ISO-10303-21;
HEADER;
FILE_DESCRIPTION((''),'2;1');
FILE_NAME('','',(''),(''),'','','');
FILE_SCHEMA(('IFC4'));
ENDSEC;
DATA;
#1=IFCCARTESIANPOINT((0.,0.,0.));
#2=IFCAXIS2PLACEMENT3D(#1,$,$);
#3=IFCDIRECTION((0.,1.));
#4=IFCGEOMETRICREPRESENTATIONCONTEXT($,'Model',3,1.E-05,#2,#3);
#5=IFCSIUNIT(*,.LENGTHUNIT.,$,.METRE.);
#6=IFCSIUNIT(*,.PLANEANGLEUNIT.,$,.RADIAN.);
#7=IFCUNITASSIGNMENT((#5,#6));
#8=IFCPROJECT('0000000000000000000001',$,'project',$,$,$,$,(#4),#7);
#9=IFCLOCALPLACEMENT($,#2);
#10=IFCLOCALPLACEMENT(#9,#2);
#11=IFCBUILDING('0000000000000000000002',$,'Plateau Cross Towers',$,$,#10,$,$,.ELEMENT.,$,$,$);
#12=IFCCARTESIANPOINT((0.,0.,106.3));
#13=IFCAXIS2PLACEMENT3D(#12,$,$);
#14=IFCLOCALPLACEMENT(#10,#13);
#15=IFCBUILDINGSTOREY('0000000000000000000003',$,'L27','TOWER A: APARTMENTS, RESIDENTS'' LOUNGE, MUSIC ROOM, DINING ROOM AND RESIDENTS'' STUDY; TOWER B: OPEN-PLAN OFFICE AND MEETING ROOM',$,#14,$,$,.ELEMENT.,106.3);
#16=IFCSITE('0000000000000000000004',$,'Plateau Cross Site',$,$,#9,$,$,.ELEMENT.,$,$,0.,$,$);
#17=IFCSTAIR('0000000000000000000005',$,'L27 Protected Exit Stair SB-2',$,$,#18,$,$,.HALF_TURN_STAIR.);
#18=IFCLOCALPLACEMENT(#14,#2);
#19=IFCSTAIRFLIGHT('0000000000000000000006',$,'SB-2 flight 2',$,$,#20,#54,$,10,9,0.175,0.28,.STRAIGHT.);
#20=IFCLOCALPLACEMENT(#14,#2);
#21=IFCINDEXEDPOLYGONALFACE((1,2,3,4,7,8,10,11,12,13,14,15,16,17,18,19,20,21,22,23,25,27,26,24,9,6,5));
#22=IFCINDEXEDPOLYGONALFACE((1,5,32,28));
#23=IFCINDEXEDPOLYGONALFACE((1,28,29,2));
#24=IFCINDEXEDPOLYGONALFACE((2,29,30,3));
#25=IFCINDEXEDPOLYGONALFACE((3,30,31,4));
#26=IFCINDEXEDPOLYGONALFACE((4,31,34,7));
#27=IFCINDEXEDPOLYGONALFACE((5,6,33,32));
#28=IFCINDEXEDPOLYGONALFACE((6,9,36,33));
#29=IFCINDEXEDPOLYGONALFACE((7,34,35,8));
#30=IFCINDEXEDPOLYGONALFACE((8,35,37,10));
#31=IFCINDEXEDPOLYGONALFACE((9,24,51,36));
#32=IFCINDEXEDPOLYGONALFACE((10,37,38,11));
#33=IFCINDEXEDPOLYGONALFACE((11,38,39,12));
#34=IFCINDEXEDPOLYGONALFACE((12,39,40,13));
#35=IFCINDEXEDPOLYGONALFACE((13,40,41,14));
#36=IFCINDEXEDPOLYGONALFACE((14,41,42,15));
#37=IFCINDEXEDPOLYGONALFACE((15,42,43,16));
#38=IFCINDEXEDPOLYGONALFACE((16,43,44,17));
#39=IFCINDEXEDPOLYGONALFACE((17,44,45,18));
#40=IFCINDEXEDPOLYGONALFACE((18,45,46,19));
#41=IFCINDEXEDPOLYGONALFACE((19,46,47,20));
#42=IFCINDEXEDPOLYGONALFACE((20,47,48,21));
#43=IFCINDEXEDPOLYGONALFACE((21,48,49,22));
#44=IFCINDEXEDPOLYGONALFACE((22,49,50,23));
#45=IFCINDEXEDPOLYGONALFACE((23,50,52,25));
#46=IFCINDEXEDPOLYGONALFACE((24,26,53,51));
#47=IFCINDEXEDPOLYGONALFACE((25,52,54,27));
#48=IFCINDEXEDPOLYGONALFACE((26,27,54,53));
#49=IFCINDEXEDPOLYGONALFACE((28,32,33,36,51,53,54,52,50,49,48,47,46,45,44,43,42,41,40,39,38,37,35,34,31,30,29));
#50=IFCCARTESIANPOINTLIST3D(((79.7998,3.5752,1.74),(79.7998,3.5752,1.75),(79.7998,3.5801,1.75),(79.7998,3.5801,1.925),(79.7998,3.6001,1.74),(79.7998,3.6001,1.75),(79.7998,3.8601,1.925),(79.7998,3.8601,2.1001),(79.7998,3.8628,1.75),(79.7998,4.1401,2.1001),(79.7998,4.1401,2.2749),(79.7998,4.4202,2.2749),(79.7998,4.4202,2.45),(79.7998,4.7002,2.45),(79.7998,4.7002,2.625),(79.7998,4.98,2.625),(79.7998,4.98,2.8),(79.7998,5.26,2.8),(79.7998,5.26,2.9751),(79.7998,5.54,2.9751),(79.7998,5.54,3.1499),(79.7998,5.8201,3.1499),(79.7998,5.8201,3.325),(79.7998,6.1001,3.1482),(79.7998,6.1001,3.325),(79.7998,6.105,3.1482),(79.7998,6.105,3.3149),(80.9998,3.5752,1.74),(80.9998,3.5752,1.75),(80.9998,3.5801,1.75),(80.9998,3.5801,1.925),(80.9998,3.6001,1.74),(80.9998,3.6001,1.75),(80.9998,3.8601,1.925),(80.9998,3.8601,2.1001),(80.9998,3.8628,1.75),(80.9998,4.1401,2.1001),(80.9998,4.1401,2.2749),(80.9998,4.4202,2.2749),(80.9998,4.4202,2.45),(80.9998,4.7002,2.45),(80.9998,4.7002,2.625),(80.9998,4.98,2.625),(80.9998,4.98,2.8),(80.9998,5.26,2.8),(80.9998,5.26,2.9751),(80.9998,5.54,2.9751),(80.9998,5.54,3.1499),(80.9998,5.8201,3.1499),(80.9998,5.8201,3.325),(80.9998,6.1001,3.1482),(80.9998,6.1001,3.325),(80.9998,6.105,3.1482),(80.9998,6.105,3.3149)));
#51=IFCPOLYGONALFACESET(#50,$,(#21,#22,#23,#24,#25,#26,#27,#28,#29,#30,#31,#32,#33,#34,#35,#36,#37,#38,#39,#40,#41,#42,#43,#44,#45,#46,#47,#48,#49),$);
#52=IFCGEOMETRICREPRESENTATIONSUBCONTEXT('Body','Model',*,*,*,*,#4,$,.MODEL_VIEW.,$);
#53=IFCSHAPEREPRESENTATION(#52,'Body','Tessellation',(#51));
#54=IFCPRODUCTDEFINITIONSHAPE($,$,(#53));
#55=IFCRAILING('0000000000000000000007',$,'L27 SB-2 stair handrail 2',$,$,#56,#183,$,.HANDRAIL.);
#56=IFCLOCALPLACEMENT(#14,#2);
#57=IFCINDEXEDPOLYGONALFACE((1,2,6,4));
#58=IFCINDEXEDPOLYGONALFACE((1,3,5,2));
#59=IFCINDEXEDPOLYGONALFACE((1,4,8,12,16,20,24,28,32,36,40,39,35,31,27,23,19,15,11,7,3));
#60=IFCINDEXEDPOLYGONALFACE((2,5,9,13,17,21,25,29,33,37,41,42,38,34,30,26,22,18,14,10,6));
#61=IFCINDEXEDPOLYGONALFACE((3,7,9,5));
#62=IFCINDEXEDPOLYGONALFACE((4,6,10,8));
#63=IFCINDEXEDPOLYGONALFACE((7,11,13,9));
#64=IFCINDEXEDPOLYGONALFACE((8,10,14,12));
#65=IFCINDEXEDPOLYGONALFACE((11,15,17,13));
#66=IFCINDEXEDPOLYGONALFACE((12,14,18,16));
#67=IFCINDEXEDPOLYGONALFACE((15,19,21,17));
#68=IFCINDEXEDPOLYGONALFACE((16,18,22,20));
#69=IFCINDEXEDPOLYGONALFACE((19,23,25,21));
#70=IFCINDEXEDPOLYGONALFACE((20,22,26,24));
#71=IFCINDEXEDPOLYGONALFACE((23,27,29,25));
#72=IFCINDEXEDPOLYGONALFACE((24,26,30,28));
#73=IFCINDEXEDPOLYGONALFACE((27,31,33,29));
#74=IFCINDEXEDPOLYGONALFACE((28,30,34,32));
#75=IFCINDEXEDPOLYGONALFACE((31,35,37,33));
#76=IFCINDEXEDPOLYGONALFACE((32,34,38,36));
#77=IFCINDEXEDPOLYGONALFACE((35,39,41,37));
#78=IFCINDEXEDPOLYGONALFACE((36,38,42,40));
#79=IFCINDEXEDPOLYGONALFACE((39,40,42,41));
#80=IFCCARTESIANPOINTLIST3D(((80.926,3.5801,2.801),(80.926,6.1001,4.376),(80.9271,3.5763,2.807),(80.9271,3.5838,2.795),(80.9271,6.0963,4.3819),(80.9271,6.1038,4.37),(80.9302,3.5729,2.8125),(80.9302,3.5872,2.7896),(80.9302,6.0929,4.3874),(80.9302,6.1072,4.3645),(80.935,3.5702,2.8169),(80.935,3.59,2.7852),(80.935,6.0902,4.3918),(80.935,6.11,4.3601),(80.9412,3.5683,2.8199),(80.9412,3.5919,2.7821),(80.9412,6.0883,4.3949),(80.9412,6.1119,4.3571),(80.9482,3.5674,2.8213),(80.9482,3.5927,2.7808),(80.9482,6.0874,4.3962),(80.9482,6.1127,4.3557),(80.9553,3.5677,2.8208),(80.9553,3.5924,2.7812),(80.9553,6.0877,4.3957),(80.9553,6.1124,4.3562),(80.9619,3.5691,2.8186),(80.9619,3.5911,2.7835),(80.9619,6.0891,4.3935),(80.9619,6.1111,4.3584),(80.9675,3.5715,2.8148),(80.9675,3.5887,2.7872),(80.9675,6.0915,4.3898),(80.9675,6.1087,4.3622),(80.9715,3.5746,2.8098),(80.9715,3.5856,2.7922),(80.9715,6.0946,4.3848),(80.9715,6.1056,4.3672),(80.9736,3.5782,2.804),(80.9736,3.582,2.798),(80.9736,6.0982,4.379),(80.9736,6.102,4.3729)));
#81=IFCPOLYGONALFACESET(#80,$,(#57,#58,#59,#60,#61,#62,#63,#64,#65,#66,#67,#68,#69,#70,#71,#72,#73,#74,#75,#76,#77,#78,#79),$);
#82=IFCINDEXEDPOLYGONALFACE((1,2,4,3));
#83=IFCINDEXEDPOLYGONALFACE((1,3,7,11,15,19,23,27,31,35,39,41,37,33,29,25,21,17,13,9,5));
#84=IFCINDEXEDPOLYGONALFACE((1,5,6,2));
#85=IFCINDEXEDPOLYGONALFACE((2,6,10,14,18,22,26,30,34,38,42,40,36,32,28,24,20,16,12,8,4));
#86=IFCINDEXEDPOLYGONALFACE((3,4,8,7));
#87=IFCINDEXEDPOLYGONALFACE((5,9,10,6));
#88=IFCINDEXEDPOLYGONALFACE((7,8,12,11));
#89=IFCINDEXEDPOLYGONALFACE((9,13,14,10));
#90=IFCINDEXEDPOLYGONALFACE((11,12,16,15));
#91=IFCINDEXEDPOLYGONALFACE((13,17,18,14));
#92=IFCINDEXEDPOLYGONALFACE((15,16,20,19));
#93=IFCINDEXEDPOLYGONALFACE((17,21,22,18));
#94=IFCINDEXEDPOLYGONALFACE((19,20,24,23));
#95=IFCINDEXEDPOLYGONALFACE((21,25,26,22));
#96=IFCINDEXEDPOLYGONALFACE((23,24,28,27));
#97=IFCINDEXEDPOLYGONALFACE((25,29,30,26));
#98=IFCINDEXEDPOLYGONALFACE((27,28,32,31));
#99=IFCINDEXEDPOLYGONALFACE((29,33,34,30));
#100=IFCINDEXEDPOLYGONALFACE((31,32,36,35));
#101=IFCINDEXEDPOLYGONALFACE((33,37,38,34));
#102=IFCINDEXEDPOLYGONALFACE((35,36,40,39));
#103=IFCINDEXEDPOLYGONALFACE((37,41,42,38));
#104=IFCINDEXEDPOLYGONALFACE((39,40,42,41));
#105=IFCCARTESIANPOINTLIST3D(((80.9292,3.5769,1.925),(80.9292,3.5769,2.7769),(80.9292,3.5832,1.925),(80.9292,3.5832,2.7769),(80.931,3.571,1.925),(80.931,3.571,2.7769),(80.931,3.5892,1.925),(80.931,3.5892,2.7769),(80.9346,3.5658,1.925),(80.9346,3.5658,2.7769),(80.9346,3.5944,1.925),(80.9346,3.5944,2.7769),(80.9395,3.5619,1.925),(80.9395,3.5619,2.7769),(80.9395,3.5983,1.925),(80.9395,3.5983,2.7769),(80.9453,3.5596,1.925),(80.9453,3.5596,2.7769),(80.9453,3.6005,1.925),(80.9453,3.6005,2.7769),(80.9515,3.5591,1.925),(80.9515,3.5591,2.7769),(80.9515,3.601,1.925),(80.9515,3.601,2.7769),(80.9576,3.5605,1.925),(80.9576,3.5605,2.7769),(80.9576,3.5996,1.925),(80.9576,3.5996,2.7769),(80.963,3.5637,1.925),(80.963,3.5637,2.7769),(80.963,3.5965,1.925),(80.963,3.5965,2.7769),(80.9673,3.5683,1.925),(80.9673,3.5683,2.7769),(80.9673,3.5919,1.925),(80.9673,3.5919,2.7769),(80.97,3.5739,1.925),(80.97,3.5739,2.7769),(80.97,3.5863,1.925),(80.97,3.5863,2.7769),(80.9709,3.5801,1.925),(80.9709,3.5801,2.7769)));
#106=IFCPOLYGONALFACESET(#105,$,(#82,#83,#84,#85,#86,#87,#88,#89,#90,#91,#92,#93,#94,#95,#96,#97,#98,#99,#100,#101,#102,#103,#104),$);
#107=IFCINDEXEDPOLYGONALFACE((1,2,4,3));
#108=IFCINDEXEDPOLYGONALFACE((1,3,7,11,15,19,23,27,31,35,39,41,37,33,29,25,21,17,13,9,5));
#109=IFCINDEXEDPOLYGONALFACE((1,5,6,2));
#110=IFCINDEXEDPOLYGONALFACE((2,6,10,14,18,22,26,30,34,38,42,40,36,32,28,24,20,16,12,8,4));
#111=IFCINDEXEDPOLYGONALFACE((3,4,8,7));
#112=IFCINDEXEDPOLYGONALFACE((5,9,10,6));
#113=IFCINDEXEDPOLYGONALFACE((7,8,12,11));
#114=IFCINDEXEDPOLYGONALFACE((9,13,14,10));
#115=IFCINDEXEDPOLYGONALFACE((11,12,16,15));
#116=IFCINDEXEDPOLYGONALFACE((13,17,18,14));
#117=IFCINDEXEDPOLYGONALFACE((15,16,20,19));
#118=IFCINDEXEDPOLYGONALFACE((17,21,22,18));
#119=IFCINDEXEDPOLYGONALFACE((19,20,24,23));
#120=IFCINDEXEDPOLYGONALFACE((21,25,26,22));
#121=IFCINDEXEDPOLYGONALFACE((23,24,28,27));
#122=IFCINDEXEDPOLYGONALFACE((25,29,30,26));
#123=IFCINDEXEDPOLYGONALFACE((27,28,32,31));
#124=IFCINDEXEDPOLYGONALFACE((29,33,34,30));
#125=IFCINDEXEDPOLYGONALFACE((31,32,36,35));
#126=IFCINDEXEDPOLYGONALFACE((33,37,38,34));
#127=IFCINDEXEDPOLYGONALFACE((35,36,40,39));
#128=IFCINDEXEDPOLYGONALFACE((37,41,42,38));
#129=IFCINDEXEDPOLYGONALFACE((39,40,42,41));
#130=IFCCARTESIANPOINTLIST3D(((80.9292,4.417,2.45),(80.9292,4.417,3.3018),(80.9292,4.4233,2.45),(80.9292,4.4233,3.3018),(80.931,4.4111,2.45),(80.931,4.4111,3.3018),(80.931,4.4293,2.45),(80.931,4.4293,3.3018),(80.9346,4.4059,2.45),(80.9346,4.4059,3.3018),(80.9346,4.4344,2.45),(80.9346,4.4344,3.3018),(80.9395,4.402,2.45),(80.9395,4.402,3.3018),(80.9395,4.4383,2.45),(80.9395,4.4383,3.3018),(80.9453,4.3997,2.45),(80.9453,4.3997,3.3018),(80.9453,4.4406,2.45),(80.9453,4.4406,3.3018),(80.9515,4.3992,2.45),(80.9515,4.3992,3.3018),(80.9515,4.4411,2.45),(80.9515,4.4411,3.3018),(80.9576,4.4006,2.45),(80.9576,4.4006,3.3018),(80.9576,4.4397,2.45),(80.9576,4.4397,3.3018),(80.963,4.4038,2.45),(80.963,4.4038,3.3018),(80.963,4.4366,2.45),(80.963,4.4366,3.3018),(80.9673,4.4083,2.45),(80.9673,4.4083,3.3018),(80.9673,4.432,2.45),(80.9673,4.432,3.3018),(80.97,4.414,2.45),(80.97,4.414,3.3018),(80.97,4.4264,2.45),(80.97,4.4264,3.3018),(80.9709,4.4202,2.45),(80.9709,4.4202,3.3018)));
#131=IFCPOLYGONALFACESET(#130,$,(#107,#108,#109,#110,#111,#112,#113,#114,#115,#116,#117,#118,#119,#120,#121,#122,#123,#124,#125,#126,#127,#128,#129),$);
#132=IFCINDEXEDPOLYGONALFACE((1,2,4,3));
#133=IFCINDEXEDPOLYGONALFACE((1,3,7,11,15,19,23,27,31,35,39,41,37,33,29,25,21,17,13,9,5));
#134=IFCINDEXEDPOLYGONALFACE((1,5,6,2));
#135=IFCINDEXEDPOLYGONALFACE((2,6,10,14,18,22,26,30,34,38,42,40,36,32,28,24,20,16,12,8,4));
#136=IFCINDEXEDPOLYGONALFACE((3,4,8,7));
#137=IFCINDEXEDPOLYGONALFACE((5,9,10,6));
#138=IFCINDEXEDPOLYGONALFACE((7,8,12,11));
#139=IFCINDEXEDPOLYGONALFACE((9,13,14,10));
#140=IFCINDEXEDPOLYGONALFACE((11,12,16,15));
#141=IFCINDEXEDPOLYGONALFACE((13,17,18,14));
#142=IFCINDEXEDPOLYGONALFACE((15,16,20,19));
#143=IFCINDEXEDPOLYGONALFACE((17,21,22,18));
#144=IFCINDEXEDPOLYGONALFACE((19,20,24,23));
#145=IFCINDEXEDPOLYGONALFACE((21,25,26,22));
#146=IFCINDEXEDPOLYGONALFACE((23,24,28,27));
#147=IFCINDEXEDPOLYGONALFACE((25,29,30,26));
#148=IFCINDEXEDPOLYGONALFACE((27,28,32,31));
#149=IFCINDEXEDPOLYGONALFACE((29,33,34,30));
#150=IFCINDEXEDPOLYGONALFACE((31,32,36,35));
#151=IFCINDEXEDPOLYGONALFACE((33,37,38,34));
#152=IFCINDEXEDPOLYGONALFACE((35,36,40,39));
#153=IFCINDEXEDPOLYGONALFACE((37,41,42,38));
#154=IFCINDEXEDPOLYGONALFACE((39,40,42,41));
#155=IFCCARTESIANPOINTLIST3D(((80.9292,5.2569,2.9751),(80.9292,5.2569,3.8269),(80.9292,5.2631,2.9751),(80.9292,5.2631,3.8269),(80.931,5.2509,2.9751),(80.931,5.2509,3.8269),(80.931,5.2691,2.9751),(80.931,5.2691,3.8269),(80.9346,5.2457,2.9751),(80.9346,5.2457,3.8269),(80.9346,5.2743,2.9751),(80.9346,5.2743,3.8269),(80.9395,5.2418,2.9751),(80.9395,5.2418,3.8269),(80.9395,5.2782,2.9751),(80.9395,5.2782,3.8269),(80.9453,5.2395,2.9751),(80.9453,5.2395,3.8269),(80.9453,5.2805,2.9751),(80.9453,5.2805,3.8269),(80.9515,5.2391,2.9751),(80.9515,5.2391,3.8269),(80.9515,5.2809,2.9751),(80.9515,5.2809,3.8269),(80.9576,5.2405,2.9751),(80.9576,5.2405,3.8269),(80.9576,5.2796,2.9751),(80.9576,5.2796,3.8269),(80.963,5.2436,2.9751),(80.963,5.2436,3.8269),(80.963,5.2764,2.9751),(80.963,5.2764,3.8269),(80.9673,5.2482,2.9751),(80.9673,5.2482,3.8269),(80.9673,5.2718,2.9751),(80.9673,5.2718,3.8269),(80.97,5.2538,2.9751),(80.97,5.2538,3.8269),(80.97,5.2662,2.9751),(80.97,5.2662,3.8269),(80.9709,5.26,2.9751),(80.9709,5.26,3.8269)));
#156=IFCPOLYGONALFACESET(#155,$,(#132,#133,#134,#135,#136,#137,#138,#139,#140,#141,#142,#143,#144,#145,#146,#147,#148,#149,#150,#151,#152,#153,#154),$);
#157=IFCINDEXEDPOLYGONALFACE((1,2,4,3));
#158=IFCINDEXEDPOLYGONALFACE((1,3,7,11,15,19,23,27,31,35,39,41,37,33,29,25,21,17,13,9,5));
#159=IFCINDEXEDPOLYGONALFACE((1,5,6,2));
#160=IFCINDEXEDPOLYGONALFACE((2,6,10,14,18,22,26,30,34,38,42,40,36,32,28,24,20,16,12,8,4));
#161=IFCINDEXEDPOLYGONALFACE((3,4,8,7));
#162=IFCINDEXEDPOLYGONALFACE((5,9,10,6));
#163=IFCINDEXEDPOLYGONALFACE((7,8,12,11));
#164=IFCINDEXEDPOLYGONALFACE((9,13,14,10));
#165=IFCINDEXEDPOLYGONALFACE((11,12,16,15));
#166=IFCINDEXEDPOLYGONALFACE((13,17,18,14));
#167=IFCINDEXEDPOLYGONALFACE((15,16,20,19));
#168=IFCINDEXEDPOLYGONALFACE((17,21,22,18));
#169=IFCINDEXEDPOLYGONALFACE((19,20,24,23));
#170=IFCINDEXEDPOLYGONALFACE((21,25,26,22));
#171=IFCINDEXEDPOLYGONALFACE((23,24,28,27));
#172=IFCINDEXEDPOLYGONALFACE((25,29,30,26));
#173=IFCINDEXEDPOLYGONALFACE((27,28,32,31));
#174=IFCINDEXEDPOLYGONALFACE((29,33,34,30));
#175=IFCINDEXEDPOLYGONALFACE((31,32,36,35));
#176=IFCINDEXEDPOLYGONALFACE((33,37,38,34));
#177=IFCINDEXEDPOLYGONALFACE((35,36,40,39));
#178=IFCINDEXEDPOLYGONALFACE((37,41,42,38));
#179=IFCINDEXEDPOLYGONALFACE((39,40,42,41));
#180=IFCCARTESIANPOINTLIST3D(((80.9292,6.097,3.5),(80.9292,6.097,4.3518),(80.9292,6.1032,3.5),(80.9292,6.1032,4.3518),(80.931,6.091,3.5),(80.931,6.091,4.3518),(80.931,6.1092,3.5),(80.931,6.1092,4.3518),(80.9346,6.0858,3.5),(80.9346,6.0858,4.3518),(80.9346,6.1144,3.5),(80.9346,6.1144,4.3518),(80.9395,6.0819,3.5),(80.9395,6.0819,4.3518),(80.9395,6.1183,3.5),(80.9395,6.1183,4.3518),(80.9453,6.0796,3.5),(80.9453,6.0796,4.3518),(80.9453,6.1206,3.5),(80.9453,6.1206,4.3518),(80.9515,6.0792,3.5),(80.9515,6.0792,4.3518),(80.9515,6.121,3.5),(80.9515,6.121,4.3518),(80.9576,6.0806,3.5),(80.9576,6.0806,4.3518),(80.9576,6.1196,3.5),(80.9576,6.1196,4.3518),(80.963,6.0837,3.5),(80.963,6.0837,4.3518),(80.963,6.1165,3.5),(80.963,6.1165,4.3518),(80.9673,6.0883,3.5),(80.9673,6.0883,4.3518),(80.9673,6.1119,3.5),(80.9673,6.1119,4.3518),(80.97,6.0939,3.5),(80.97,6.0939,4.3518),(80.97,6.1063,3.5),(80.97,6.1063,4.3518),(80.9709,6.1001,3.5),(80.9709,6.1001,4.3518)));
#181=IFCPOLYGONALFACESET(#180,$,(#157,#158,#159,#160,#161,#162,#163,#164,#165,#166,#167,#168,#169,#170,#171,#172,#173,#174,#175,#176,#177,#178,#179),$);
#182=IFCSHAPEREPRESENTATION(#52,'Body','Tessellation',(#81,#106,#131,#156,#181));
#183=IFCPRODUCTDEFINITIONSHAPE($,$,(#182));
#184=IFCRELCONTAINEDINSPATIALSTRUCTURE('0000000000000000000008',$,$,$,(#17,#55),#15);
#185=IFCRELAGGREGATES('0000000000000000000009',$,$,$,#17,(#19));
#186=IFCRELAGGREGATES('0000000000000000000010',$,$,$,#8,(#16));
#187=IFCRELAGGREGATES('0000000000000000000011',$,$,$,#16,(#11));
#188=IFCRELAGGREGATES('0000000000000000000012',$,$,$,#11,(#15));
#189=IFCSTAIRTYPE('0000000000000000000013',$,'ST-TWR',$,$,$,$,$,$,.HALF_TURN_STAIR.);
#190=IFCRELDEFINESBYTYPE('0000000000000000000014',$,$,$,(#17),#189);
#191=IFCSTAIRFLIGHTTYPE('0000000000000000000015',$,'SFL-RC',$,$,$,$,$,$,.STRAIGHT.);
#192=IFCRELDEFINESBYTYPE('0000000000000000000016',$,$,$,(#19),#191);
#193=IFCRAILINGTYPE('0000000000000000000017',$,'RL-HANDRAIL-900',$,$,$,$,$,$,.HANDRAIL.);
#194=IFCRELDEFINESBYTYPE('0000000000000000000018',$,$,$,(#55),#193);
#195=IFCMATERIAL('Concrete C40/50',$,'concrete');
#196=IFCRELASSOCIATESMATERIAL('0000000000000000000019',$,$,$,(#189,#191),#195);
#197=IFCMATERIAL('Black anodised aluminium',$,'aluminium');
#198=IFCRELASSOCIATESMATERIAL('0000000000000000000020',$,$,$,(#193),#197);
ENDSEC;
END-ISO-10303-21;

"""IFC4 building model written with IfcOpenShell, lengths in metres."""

from ifc_helpers import new_model, si_unit, direction, frame, origin, origin_2d, place, context, subcontext, project, spatial, polyline, circle, outline, extrude, material, type_object, element, aggregate, save


model = new_model("IFC4")

# Units and contexts
model_context = context("Model", 3, precision=1e-05, world=origin(), true_north=direction((0.0, 1.0)))
body_context = subcontext(model_context, "Body", "Model", "MODEL_VIEW")
ifc_project = project(units=[si_unit("LENGTHUNIT", "METRE"), si_unit("PLANEANGLEUNIT", "RADIAN")], contexts=[model_context])

# Site, building, storey
site_placement = place(None, origin())
site = spatial("IfcSite", under=ifc_project, at=site_placement, Name="Plateau Cross Site", CompositionType="ELEMENT", RefElevation=0.0)
building_placement = place(site_placement, origin())
building = spatial("IfcBuilding", under=site, at=building_placement, Name="Plateau Cross Towers", CompositionType="ELEMENT")
storey_placement = place(building_placement, frame((0.0, 0.0, 106.3)))
storey = spatial("IfcBuildingStorey", under=building, at=storey_placement, Name="L27", Description="TOWER A: APARTMENTS, RESIDENTS' LOUNGE, MUSIC ROOM, DINING ROOM AND RESIDENTS' STUDY; TOWER B: OPEN-PLAN OFFICE AND MEETING ROOM", CompositionType="ELEMENT", Elevation=106.3)

# Shared definitions
ifc_material_1 = material(Name="Black anodised aluminium", Category="aluminium")

# Stair, stair flight
ifc_material_2 = material(Name="Concrete C40/50", Category="concrete")
stair_type = type_object("IfcStairType", Name="ST-TWR", PredefinedType="HALF_TURN_STAIR", material=ifc_material_2)
stair_placement = place(storey_placement, origin())
stair = element("IfcStair", 1, at=stair_placement, inside=storey, type_object=stair_type, Name="L27 Protected Exit Stair SB-2", PredefinedType="HALF_TURN_STAIR")
stair_flight_type = type_object("IfcStairFlightType", Name="SFL-RC", PredefinedType="STRAIGHT", material=ifc_material_2)
stair_flight_placement = place(storey_placement, frame((80.3999, 3.5801, 1.75), z_axis=(0.0, 0.0, 1.0), x_axis=(0.0, 1.0, 0.0)))
stair_flight = element("IfcStairFlight", 2, at=stair_flight_placement, type_object=stair_flight_type, Name="SB-2 flight 2", NumberOfRisers=10, NumberOfTreads=9, PredefinedType="STRAIGHT", RiserHeight=0.175, TreadLength=0.28, context=body_context, shape_type="SweptSolid", body=[
    extrude(outline(polyline([(-0.0049, -0.01), (-0.0049, 0.0), (0.0, 0.0), (0.0, 0.175), (0.28, 0.175), (0.28, 0.3501), (0.5601, 0.3501), (0.5601, 0.5249), (0.8401, 0.5249), (0.8401, 0.7), (1.1201, 0.7), (1.1201, 0.875), (1.3999, 0.875), (1.3999, 1.05), (1.6799, 1.05), (1.6799, 1.2251), (1.96, 1.2251), (1.96, 1.3999), (2.24, 1.3999), (2.24, 1.575), (2.52, 1.575), (2.5249, 1.5649), (2.5249, 1.3982), (2.52, 1.3982), (0.2827, 0.0), (0.02, 0.0), (0.02, -0.01), (-0.0049, -0.01)])), frame((0.0, 0.6001, 0.0), z_axis=(0.0, -1.0, 0.0), x_axis=(1.0, 0.0, 0.0)), (0.0, 0.0, 1.0), 1.2),
])
aggregate(stair, [stair_flight])

# Railing
railing_type = type_object("IfcRailingType", Name="RL-HANDRAIL-900", PredefinedType="HANDRAIL", material=ifc_material_1)
railing_placement = place(storey_placement, frame((80.95, 3.5801, 1.925)))
element("IfcRailing", 3, at=railing_placement, inside=storey, type_object=railing_type, Name="L27 SB-2 stair handrail 2", PredefinedType="HANDRAIL", context=body_context, shape_type="SweptSolid", body=[
    extrude(circle(Radius=0.0239, at=origin_2d()), frame((0.0, 0.0, 0.876), z_axis=(0.0, 0.848008, 0.529984), x_axis=(-1.0, 0.0, 0.0)), (0.0, 0.0, 1.0), 2.9717),
    extrude(circle(Radius=0.021, at=origin_2d()), origin(), (0.0, 0.0, 1.0), 0.8518),
    extrude(circle(Radius=0.021, at=origin_2d()), frame((0.0, 0.8401, 0.5249)), (0.0, 0.0, 1.0), 0.8518),
    extrude(circle(Radius=0.021, at=origin_2d()), frame((0.0, 1.6799, 1.05)), (0.0, 0.0, 1.0), 0.8518),
    extrude(circle(Radius=0.021, at=origin_2d()), frame((0.0, 2.52, 1.575)), (0.0, 0.0, 1.0), 0.8518),
])

save(model, "model.ifc")
